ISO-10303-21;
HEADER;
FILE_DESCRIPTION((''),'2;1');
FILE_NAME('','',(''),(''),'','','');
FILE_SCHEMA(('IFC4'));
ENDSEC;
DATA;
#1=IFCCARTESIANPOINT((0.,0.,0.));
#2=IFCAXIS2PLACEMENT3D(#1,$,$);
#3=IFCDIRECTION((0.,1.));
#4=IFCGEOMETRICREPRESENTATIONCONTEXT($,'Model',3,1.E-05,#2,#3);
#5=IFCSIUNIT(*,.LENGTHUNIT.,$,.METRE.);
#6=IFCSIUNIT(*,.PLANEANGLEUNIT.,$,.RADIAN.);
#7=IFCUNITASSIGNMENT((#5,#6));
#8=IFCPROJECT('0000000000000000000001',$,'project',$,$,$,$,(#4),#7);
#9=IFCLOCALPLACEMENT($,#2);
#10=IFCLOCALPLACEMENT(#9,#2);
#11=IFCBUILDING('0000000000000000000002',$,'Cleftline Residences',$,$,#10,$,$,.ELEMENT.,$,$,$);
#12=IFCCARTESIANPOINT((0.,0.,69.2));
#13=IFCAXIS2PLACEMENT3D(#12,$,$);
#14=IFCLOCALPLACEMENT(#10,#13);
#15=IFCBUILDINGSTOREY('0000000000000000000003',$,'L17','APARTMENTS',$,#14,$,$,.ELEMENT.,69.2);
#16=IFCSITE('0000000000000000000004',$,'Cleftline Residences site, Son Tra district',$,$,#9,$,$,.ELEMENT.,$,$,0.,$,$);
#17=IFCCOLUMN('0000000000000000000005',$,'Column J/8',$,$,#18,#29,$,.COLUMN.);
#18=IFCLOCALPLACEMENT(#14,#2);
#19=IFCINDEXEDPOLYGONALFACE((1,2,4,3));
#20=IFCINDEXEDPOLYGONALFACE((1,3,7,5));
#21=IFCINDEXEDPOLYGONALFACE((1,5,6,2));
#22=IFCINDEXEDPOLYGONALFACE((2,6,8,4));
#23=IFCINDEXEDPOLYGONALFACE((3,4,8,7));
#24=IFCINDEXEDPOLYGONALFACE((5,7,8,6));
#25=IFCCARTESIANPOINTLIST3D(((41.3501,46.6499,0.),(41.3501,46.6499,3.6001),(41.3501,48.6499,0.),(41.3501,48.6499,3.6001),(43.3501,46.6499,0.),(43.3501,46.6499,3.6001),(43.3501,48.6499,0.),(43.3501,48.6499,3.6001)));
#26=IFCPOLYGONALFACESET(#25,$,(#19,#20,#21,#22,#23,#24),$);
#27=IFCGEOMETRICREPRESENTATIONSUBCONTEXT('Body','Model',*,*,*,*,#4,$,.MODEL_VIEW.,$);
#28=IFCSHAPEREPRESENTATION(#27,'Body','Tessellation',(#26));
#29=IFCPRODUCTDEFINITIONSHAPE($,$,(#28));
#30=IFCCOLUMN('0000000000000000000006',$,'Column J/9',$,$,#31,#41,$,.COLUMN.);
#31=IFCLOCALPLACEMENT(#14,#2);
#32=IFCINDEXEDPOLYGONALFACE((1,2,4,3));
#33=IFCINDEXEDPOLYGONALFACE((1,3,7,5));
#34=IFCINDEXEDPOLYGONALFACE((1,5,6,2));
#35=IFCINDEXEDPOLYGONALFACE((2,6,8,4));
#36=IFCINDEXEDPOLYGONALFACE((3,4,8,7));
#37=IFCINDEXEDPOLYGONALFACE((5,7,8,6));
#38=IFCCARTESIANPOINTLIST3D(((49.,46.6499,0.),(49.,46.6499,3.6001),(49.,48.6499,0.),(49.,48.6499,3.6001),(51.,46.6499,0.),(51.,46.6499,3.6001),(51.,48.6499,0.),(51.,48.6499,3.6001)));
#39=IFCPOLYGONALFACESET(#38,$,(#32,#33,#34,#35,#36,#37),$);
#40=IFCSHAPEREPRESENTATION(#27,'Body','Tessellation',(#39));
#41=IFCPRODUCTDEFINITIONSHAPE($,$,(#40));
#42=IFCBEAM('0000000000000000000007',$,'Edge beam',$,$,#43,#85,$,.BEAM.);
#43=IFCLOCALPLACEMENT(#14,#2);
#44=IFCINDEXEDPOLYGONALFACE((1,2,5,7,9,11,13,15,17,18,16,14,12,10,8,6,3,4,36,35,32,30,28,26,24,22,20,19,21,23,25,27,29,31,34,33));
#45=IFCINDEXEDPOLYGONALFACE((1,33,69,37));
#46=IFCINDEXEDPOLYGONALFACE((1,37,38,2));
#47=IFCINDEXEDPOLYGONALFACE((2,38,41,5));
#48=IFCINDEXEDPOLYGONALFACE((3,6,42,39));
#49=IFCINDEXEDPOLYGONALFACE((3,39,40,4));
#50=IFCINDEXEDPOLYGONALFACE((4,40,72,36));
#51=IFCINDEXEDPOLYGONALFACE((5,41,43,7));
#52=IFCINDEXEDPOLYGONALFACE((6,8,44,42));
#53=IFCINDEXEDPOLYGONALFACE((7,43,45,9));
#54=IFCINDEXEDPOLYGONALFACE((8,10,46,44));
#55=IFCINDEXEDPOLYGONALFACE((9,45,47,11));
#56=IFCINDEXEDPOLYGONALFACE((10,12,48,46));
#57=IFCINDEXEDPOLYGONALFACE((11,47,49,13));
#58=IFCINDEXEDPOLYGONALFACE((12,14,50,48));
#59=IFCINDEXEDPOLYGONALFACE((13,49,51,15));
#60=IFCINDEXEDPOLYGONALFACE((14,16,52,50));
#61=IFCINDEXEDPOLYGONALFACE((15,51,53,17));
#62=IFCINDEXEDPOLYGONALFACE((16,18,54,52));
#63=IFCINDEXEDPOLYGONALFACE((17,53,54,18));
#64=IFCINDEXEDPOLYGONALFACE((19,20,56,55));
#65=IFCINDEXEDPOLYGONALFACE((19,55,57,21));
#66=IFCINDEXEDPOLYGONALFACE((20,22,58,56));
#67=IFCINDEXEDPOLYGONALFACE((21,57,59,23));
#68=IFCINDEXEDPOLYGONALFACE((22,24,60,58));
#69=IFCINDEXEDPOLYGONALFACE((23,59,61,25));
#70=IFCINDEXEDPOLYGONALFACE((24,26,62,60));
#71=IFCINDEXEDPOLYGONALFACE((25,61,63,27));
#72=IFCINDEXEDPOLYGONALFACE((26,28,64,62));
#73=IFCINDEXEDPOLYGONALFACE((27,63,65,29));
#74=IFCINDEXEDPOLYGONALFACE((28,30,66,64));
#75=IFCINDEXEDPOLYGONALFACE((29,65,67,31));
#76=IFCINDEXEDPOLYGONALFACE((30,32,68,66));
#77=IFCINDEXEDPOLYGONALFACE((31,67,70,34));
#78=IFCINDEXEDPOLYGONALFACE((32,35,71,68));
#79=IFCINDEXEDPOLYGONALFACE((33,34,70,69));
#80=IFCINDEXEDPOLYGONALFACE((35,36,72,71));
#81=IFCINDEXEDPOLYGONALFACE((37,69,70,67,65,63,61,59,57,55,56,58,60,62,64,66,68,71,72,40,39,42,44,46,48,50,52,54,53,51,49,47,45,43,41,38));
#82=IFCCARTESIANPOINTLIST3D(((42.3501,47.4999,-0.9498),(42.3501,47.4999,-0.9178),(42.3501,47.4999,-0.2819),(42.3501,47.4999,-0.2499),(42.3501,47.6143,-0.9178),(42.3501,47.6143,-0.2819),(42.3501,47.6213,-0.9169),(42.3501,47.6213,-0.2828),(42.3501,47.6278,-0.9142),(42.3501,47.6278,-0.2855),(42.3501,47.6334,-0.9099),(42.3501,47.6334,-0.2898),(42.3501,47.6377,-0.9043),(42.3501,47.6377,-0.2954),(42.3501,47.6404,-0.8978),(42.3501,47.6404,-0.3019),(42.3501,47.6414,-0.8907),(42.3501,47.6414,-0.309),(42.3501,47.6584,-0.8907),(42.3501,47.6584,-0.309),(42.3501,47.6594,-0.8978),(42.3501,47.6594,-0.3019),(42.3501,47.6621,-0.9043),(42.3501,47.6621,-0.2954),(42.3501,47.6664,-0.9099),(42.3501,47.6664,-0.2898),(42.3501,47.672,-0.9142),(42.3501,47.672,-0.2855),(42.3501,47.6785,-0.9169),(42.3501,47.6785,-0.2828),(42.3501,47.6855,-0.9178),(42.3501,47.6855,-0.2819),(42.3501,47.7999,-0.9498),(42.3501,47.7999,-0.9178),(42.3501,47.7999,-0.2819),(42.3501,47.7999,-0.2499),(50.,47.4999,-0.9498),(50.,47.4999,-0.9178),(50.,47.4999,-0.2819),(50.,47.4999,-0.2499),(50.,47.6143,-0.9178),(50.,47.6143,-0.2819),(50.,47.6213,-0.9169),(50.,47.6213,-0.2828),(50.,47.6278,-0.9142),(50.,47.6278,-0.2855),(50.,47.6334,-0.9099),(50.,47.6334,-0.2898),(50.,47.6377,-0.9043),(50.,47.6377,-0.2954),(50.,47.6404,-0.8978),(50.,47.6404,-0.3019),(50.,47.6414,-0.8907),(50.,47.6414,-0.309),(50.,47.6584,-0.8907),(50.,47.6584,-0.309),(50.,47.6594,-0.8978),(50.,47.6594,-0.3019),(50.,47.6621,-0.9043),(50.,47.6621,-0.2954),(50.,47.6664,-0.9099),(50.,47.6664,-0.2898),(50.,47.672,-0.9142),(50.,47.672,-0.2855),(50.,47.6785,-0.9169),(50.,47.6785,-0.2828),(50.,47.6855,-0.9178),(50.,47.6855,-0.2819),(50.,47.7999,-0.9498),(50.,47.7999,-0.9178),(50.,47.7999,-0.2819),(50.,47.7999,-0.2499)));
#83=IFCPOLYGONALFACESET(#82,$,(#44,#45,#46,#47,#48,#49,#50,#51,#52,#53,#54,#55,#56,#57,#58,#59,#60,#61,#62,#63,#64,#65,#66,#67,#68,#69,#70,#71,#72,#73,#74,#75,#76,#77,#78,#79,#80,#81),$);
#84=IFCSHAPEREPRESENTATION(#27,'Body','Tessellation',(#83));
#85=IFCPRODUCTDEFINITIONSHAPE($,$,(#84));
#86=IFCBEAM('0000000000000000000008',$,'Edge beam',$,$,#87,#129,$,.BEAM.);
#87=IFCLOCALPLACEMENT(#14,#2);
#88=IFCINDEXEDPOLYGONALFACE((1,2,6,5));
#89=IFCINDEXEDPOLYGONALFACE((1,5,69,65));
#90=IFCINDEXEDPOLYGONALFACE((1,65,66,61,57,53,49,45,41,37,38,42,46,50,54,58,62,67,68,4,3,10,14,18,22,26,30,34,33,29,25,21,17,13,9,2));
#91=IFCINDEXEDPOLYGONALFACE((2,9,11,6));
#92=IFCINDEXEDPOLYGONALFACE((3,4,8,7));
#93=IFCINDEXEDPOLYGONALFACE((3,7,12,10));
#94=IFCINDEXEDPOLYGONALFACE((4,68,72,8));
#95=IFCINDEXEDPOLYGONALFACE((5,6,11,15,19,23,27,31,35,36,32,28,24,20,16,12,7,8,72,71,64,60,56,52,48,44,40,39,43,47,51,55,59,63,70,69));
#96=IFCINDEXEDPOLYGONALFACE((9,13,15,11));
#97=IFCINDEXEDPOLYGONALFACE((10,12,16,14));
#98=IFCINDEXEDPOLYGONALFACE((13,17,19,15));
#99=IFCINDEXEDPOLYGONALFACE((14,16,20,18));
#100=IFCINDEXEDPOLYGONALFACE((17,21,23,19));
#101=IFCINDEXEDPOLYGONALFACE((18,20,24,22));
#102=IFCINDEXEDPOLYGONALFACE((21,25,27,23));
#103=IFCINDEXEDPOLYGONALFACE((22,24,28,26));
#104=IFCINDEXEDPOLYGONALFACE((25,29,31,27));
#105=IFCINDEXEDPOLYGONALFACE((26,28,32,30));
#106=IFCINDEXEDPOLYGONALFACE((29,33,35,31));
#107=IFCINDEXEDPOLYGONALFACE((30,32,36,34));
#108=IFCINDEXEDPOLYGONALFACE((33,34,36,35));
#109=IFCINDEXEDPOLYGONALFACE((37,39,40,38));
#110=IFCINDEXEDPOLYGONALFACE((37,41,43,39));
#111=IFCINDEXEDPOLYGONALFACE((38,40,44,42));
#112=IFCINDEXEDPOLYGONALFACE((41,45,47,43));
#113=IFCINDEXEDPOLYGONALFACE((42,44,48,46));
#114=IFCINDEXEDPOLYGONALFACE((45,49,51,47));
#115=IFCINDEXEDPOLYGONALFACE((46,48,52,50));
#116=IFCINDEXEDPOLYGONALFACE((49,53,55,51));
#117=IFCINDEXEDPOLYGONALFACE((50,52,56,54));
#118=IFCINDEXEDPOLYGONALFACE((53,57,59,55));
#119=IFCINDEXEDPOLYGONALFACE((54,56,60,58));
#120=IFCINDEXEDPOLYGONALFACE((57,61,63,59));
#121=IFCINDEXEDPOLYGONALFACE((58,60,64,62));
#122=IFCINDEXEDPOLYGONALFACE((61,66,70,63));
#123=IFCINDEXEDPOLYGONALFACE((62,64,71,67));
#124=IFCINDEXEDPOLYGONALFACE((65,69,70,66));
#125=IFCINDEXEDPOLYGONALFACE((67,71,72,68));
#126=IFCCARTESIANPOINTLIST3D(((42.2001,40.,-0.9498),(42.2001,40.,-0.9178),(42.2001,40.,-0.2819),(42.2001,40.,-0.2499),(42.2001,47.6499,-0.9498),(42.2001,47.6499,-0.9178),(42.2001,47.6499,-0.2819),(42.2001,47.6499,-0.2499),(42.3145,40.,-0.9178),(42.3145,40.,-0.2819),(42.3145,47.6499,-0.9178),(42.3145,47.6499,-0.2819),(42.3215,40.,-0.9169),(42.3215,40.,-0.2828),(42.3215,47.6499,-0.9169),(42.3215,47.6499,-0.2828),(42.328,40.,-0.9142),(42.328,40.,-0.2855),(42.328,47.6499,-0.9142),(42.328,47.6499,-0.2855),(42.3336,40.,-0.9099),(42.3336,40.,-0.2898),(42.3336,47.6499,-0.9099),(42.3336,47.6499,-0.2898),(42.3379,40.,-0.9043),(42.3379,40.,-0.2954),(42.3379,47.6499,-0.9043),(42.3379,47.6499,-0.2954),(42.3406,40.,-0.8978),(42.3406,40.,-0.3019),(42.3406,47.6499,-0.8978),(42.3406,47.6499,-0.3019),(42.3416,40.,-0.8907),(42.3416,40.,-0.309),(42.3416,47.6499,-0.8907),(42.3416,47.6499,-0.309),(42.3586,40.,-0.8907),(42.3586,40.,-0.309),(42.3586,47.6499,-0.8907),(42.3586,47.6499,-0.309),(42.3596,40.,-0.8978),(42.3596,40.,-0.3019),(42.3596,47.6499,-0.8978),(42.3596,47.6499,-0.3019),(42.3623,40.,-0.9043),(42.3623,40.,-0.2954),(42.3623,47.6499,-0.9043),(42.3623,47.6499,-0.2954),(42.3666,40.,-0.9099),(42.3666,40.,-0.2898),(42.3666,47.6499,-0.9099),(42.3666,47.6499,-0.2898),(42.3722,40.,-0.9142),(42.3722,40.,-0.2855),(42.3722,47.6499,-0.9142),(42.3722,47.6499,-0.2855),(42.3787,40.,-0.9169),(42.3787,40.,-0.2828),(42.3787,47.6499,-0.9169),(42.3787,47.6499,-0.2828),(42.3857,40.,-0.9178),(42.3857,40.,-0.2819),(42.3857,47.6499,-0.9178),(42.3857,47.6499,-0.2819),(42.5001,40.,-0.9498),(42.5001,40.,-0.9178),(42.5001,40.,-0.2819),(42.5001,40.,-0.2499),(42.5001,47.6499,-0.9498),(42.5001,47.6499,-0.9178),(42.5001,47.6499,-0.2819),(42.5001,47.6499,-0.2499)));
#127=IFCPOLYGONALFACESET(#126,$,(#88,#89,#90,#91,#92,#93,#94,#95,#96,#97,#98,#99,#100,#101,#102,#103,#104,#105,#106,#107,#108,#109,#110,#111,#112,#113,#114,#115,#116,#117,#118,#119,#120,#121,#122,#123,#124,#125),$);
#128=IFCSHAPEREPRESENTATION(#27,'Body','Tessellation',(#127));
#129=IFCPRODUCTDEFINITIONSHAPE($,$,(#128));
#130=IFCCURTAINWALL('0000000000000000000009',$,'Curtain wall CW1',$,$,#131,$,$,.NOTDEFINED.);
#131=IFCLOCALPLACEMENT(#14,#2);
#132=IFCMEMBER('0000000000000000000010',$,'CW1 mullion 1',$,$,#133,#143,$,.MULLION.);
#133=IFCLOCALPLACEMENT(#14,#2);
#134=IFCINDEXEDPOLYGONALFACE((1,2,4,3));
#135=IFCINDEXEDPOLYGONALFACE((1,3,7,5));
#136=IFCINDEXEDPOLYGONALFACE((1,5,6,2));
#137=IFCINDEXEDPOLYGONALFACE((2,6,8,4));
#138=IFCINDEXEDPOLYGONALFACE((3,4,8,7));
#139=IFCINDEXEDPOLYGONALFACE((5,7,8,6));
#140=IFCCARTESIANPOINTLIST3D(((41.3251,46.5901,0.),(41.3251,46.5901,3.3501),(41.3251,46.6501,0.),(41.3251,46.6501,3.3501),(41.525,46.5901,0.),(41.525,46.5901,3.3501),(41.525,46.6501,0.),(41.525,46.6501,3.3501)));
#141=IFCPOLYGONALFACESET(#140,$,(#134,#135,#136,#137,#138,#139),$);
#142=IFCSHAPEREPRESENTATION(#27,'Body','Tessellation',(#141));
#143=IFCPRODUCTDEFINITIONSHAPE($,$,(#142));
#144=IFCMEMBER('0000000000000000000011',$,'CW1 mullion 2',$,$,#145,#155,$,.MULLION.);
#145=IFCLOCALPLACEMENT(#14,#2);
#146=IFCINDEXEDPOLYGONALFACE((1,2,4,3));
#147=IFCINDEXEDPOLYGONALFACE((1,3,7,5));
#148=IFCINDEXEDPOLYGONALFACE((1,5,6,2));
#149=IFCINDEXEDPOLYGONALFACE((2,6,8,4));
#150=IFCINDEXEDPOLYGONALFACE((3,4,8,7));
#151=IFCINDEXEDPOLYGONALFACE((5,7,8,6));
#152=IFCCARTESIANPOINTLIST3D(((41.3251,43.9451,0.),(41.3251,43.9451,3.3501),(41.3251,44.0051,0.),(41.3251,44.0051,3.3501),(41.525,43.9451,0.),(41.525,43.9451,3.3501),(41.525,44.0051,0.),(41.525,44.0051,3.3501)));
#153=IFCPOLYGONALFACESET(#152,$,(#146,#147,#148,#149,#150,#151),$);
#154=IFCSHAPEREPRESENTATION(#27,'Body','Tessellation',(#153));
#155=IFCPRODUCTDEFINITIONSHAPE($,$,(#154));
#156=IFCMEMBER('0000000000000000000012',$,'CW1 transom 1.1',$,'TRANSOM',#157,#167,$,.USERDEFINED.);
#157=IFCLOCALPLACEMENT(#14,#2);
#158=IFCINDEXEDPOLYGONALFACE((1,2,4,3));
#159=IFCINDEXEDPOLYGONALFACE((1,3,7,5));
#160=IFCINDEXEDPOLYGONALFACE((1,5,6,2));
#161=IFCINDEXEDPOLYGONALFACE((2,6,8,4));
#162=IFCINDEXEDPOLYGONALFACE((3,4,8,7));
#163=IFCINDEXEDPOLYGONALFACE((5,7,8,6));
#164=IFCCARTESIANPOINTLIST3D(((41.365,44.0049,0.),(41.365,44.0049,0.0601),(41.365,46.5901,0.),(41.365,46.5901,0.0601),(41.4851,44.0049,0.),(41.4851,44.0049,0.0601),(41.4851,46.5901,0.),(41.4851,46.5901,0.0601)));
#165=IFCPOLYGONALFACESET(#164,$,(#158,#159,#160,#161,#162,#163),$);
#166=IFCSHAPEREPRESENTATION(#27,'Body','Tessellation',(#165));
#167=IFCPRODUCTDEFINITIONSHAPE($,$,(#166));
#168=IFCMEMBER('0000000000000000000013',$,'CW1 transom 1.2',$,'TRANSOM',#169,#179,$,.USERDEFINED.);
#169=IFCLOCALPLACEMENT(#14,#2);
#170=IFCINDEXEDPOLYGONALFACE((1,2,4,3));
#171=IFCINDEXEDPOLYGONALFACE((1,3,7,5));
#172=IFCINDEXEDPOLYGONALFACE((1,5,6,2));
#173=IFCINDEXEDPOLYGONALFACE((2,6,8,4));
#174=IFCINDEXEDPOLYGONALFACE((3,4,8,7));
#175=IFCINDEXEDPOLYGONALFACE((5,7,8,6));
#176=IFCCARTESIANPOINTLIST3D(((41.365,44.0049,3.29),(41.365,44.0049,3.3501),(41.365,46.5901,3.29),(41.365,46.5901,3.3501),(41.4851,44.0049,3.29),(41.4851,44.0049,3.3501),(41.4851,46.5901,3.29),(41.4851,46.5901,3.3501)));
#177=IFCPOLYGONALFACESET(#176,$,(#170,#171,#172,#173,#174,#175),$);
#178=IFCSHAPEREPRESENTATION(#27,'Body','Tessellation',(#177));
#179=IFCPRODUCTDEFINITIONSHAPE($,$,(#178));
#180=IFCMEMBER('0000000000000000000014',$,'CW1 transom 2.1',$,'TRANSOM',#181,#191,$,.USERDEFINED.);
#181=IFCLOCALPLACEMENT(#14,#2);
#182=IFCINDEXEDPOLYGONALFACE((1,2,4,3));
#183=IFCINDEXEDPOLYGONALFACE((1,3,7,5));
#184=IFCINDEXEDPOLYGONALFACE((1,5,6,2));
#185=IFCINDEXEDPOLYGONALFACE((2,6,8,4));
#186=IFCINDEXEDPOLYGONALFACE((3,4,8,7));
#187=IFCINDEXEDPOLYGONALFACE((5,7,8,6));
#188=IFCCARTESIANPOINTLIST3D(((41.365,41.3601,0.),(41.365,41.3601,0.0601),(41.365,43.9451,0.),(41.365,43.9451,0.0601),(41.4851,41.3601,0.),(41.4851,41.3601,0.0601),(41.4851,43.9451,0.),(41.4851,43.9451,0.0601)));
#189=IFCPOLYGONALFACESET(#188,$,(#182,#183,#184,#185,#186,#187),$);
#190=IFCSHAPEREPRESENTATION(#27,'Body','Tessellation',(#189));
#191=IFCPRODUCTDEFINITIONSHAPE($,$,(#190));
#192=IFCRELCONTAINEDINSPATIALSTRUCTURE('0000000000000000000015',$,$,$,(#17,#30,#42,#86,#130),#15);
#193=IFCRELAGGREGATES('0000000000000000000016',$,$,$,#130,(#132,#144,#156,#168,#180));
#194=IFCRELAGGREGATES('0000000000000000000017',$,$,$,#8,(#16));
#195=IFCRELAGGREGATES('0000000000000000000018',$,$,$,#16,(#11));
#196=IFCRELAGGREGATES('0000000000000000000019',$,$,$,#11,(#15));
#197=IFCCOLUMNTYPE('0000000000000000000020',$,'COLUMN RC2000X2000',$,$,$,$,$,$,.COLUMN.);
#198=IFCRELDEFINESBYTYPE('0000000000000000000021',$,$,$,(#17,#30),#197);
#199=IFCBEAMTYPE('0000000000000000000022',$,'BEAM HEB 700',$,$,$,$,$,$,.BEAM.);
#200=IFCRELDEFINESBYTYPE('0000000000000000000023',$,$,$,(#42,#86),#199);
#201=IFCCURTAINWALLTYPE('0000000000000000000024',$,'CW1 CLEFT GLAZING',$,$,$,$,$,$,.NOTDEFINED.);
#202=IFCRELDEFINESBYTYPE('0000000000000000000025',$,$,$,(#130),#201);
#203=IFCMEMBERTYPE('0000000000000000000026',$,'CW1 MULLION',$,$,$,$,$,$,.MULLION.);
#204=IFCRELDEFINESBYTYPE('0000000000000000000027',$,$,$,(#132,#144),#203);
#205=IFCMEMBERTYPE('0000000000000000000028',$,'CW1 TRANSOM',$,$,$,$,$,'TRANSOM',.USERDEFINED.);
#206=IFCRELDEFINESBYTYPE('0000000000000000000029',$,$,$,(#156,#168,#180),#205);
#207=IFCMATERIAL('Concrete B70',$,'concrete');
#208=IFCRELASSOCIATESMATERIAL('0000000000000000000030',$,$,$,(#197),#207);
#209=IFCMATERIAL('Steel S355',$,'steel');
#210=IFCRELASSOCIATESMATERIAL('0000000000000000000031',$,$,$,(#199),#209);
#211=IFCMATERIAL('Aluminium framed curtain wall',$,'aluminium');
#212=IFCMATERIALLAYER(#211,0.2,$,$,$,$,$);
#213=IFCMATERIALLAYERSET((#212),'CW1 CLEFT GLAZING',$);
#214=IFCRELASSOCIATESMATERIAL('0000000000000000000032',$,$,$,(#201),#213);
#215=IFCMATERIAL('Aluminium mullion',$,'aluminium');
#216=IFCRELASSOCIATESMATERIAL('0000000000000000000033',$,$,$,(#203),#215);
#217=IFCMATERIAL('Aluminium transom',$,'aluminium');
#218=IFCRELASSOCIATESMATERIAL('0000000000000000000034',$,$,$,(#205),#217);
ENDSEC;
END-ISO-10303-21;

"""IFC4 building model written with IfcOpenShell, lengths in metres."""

from ifc_helpers import new_model, si_unit, direction, frame, origin, origin_2d, place, context, subcontext, project, spatial, rectangle, i_section, extrude, material, layer, layer_set, material_profile, profile_set, type_object, element, aggregate, save


model = new_model("IFC4")

# Units and contexts
model_context = context("Model", 3, precision=1e-05, world=origin(), true_north=direction((0.0, 1.0)))
body_context = subcontext(model_context, "Body", "Model", "MODEL_VIEW")
ifc_project = project(units=[si_unit("LENGTHUNIT", "METRE"), si_unit("PLANEANGLEUNIT", "RADIAN")], contexts=[model_context])

# Site, building, storey
site_placement = place(None, origin())
site = spatial("IfcSite", under=ifc_project, at=site_placement, Name="Cleftline Residences site, Son Tra district", CompositionType="ELEMENT", RefElevation=0.0)
building_placement = place(site_placement, origin())
building = spatial("IfcBuilding", under=site, at=building_placement, Name="Cleftline Residences", CompositionType="ELEMENT")
storey_placement = place(building_placement, frame((0.0, 0.0, 69.2)))
storey = spatial("IfcBuildingStorey", under=building, at=storey_placement, Name="L17", Description="APARTMENTS", CompositionType="ELEMENT", Elevation=69.2)

# Columns
ifc_material_1 = material(Name="Concrete B70", Category="concrete")
ifc_material_profile_1 = material_profile(ifc_material_1, rectangle(XDim=2.0, YDim=2.0, at=origin_2d()))
ifc_profile_set_1 = profile_set([ifc_material_profile_1], Name="Concrete B70")
column_type = type_object("IfcColumnType", Name="COLUMN RC2000X2000", PredefinedType="COLUMN", material=ifc_profile_set_1)
for number, where, z_axis, x_axis, name in (
    (1, (42.3501, 47.6499, 0.0), (0.0, 0.0, 1.0), (1.0, 0.0, 0.0), "Column J/8"),
    (2, (50.0, 47.6499, 0.0), (0.0, 0.0, 1.0), (1.0, 0.0, 0.0), "Column J/9"),
):
    element("IfcColumn", number, at=place(storey_placement, frame(where, z_axis=z_axis, x_axis=x_axis)), inside=storey, type_object=column_type, Name=name, PredefinedType="COLUMN", context=body_context, shape_type="SweptSolid", body=[
        extrude(rectangle(XDim=2.0, YDim=2.0, at=origin_2d()), origin(), (0.0, 0.0, 1.0), 3.6001),
    ])

# Beams
ifc_material_2 = material(Name="Steel S355", Category="steel")
ifc_material_profile_2 = material_profile(ifc_material_2, i_section(OverallWidth=0.3, OverallDepth=0.7, WebThickness=0.0171, FlangeThickness=0.032, FilletRadius=0.0271, at=origin_2d()))
ifc_profile_set_2 = profile_set([ifc_material_profile_2], Name="Steel S355")
beam_type = type_object("IfcBeamType", Name="BEAM HEB 700", PredefinedType="BEAM", material=ifc_profile_set_2)
for number, where, z_axis, x_axis, name in (
    (3, (50.0, 47.6499, -0.5999), (-1.0, 0.0, 0.0), (0.0, -1.0, 0.0), "Edge beam"),
    (4, (42.3501, 47.6499, -0.5999), (0.0, -1.0, 0.0), (1.0, 0.0, 0.0), "Edge beam"),
):
    element("IfcBeam", number, at=place(storey_placement, frame(where, z_axis=z_axis, x_axis=x_axis)), inside=storey, type_object=beam_type, Name=name, PredefinedType="BEAM", context=body_context, shape_type="SweptSolid", body=[
        extrude(i_section(OverallWidth=0.3, OverallDepth=0.7, WebThickness=0.0171, FlangeThickness=0.032, FilletRadius=0.0271, at=origin_2d()), origin(), (0.0, 0.0, 1.0), 7.6499),
    ])

# Curtain wall, members
ifc_material_3 = material(Name="Aluminium framed curtain wall", Category="aluminium")
ifc_layer_1 = layer(ifc_material_3, 0.2)
ifc_layer_set_1 = layer_set([ifc_layer_1], Name="CW1 CLEFT GLAZING")
curtain_wall_type = type_object("IfcCurtainWallType", Name="CW1 CLEFT GLAZING", PredefinedType="NOTDEFINED", material=ifc_layer_set_1)
curtain_wall_placement = place(storey_placement, origin())
curtain_wall = element("IfcCurtainWall", 5, at=curtain_wall_placement, inside=storey, type_object=curtain_wall_type, Name="Curtain wall CW1", PredefinedType="NOTDEFINED")
ifc_material_4 = material(Name="Aluminium mullion", Category="aluminium")
ifc_material_profile_3 = material_profile(ifc_material_4, rectangle(XDim=0.2, YDim=0.0601, at=origin_2d()))
ifc_profile_set_3 = profile_set([ifc_material_profile_3], Name="Aluminium mullion")
member_type_1 = type_object("IfcMemberType", Name="CW1 MULLION", PredefinedType="MULLION", material=ifc_profile_set_3)
member_1_placement = place(storey_placement, frame((41.425, 46.6201, 0.0), z_axis=(0.0, 0.0, 1.0), x_axis=(1.0, 0.0, 0.0)))
member_1 = element("IfcMember", 6, at=member_1_placement, type_object=member_type_1, Name="CW1 mullion 1", PredefinedType="MULLION", context=body_context, shape_type="SweptSolid", body=[
    extrude(rectangle(XDim=0.2, YDim=0.0601, at=origin_2d()), origin(), (0.0, 0.0, 1.0), 3.3501),
])
member_2_placement = place(storey_placement, frame((41.425, 43.9751, 0.0), z_axis=(0.0, 0.0, 1.0), x_axis=(1.0, 0.0, 0.0)))
member_2 = element("IfcMember", 7, at=member_2_placement, type_object=member_type_1, Name="CW1 mullion 2", PredefinedType="MULLION", context=body_context, shape_type="SweptSolid", body=[
    extrude(rectangle(XDim=0.2, YDim=0.0601, at=origin_2d()), origin(), (0.0, 0.0, 1.0), 3.3501),
])
ifc_material_5 = material(Name="Aluminium transom", Category="aluminium")
ifc_material_profile_4 = material_profile(ifc_material_5, rectangle(XDim=0.1201, YDim=0.0601, at=origin_2d()))
ifc_profile_set_4 = profile_set([ifc_material_profile_4], Name="Aluminium transom")
member_type_2 = type_object("IfcMemberType", Name="CW1 TRANSOM", ElementType="TRANSOM", PredefinedType="USERDEFINED", material=ifc_profile_set_4)
member_3_placement = place(storey_placement, frame((41.425, 46.5901, 0.03), z_axis=(0.0, -1.0, 0.0), x_axis=(1.0, 0.0, 0.0)))
member_3 = element("IfcMember", 8, at=member_3_placement, type_object=member_type_2, Name="CW1 transom 1.1", ObjectType="TRANSOM", PredefinedType="USERDEFINED", context=body_context, shape_type="SweptSolid", body=[
    extrude(rectangle(XDim=0.1201, YDim=0.0601, at=origin_2d()), origin(), (0.0, 0.0, 1.0), 2.5852),
])
member_4_placement = place(storey_placement, frame((41.425, 46.5901, 3.3201), z_axis=(0.0, -1.0, 0.0), x_axis=(1.0, 0.0, 0.0)))
member_4 = element("IfcMember", 9, at=member_4_placement, type_object=member_type_2, Name="CW1 transom 1.2", ObjectType="TRANSOM", PredefinedType="USERDEFINED", context=body_context, shape_type="SweptSolid", body=[
    extrude(rectangle(XDim=0.1201, YDim=0.0601, at=origin_2d()), origin(), (0.0, 0.0, 1.0), 2.5852),
])
member_5_placement = place(storey_placement, frame((41.425, 43.9451, 0.03), z_axis=(0.0, -1.0, 0.0), x_axis=(1.0, 0.0, 0.0)))
member_5 = element("IfcMember", 10, at=member_5_placement, type_object=member_type_2, Name="CW1 transom 2.1", ObjectType="TRANSOM", PredefinedType="USERDEFINED", context=body_context, shape_type="SweptSolid", body=[
    extrude(rectangle(XDim=0.1201, YDim=0.0601, at=origin_2d()), origin(), (0.0, 0.0, 1.0), 2.585),
])
aggregate(curtain_wall, [member_1, member_2, member_3, member_4, member_5])

save(model, "model.ifc")
